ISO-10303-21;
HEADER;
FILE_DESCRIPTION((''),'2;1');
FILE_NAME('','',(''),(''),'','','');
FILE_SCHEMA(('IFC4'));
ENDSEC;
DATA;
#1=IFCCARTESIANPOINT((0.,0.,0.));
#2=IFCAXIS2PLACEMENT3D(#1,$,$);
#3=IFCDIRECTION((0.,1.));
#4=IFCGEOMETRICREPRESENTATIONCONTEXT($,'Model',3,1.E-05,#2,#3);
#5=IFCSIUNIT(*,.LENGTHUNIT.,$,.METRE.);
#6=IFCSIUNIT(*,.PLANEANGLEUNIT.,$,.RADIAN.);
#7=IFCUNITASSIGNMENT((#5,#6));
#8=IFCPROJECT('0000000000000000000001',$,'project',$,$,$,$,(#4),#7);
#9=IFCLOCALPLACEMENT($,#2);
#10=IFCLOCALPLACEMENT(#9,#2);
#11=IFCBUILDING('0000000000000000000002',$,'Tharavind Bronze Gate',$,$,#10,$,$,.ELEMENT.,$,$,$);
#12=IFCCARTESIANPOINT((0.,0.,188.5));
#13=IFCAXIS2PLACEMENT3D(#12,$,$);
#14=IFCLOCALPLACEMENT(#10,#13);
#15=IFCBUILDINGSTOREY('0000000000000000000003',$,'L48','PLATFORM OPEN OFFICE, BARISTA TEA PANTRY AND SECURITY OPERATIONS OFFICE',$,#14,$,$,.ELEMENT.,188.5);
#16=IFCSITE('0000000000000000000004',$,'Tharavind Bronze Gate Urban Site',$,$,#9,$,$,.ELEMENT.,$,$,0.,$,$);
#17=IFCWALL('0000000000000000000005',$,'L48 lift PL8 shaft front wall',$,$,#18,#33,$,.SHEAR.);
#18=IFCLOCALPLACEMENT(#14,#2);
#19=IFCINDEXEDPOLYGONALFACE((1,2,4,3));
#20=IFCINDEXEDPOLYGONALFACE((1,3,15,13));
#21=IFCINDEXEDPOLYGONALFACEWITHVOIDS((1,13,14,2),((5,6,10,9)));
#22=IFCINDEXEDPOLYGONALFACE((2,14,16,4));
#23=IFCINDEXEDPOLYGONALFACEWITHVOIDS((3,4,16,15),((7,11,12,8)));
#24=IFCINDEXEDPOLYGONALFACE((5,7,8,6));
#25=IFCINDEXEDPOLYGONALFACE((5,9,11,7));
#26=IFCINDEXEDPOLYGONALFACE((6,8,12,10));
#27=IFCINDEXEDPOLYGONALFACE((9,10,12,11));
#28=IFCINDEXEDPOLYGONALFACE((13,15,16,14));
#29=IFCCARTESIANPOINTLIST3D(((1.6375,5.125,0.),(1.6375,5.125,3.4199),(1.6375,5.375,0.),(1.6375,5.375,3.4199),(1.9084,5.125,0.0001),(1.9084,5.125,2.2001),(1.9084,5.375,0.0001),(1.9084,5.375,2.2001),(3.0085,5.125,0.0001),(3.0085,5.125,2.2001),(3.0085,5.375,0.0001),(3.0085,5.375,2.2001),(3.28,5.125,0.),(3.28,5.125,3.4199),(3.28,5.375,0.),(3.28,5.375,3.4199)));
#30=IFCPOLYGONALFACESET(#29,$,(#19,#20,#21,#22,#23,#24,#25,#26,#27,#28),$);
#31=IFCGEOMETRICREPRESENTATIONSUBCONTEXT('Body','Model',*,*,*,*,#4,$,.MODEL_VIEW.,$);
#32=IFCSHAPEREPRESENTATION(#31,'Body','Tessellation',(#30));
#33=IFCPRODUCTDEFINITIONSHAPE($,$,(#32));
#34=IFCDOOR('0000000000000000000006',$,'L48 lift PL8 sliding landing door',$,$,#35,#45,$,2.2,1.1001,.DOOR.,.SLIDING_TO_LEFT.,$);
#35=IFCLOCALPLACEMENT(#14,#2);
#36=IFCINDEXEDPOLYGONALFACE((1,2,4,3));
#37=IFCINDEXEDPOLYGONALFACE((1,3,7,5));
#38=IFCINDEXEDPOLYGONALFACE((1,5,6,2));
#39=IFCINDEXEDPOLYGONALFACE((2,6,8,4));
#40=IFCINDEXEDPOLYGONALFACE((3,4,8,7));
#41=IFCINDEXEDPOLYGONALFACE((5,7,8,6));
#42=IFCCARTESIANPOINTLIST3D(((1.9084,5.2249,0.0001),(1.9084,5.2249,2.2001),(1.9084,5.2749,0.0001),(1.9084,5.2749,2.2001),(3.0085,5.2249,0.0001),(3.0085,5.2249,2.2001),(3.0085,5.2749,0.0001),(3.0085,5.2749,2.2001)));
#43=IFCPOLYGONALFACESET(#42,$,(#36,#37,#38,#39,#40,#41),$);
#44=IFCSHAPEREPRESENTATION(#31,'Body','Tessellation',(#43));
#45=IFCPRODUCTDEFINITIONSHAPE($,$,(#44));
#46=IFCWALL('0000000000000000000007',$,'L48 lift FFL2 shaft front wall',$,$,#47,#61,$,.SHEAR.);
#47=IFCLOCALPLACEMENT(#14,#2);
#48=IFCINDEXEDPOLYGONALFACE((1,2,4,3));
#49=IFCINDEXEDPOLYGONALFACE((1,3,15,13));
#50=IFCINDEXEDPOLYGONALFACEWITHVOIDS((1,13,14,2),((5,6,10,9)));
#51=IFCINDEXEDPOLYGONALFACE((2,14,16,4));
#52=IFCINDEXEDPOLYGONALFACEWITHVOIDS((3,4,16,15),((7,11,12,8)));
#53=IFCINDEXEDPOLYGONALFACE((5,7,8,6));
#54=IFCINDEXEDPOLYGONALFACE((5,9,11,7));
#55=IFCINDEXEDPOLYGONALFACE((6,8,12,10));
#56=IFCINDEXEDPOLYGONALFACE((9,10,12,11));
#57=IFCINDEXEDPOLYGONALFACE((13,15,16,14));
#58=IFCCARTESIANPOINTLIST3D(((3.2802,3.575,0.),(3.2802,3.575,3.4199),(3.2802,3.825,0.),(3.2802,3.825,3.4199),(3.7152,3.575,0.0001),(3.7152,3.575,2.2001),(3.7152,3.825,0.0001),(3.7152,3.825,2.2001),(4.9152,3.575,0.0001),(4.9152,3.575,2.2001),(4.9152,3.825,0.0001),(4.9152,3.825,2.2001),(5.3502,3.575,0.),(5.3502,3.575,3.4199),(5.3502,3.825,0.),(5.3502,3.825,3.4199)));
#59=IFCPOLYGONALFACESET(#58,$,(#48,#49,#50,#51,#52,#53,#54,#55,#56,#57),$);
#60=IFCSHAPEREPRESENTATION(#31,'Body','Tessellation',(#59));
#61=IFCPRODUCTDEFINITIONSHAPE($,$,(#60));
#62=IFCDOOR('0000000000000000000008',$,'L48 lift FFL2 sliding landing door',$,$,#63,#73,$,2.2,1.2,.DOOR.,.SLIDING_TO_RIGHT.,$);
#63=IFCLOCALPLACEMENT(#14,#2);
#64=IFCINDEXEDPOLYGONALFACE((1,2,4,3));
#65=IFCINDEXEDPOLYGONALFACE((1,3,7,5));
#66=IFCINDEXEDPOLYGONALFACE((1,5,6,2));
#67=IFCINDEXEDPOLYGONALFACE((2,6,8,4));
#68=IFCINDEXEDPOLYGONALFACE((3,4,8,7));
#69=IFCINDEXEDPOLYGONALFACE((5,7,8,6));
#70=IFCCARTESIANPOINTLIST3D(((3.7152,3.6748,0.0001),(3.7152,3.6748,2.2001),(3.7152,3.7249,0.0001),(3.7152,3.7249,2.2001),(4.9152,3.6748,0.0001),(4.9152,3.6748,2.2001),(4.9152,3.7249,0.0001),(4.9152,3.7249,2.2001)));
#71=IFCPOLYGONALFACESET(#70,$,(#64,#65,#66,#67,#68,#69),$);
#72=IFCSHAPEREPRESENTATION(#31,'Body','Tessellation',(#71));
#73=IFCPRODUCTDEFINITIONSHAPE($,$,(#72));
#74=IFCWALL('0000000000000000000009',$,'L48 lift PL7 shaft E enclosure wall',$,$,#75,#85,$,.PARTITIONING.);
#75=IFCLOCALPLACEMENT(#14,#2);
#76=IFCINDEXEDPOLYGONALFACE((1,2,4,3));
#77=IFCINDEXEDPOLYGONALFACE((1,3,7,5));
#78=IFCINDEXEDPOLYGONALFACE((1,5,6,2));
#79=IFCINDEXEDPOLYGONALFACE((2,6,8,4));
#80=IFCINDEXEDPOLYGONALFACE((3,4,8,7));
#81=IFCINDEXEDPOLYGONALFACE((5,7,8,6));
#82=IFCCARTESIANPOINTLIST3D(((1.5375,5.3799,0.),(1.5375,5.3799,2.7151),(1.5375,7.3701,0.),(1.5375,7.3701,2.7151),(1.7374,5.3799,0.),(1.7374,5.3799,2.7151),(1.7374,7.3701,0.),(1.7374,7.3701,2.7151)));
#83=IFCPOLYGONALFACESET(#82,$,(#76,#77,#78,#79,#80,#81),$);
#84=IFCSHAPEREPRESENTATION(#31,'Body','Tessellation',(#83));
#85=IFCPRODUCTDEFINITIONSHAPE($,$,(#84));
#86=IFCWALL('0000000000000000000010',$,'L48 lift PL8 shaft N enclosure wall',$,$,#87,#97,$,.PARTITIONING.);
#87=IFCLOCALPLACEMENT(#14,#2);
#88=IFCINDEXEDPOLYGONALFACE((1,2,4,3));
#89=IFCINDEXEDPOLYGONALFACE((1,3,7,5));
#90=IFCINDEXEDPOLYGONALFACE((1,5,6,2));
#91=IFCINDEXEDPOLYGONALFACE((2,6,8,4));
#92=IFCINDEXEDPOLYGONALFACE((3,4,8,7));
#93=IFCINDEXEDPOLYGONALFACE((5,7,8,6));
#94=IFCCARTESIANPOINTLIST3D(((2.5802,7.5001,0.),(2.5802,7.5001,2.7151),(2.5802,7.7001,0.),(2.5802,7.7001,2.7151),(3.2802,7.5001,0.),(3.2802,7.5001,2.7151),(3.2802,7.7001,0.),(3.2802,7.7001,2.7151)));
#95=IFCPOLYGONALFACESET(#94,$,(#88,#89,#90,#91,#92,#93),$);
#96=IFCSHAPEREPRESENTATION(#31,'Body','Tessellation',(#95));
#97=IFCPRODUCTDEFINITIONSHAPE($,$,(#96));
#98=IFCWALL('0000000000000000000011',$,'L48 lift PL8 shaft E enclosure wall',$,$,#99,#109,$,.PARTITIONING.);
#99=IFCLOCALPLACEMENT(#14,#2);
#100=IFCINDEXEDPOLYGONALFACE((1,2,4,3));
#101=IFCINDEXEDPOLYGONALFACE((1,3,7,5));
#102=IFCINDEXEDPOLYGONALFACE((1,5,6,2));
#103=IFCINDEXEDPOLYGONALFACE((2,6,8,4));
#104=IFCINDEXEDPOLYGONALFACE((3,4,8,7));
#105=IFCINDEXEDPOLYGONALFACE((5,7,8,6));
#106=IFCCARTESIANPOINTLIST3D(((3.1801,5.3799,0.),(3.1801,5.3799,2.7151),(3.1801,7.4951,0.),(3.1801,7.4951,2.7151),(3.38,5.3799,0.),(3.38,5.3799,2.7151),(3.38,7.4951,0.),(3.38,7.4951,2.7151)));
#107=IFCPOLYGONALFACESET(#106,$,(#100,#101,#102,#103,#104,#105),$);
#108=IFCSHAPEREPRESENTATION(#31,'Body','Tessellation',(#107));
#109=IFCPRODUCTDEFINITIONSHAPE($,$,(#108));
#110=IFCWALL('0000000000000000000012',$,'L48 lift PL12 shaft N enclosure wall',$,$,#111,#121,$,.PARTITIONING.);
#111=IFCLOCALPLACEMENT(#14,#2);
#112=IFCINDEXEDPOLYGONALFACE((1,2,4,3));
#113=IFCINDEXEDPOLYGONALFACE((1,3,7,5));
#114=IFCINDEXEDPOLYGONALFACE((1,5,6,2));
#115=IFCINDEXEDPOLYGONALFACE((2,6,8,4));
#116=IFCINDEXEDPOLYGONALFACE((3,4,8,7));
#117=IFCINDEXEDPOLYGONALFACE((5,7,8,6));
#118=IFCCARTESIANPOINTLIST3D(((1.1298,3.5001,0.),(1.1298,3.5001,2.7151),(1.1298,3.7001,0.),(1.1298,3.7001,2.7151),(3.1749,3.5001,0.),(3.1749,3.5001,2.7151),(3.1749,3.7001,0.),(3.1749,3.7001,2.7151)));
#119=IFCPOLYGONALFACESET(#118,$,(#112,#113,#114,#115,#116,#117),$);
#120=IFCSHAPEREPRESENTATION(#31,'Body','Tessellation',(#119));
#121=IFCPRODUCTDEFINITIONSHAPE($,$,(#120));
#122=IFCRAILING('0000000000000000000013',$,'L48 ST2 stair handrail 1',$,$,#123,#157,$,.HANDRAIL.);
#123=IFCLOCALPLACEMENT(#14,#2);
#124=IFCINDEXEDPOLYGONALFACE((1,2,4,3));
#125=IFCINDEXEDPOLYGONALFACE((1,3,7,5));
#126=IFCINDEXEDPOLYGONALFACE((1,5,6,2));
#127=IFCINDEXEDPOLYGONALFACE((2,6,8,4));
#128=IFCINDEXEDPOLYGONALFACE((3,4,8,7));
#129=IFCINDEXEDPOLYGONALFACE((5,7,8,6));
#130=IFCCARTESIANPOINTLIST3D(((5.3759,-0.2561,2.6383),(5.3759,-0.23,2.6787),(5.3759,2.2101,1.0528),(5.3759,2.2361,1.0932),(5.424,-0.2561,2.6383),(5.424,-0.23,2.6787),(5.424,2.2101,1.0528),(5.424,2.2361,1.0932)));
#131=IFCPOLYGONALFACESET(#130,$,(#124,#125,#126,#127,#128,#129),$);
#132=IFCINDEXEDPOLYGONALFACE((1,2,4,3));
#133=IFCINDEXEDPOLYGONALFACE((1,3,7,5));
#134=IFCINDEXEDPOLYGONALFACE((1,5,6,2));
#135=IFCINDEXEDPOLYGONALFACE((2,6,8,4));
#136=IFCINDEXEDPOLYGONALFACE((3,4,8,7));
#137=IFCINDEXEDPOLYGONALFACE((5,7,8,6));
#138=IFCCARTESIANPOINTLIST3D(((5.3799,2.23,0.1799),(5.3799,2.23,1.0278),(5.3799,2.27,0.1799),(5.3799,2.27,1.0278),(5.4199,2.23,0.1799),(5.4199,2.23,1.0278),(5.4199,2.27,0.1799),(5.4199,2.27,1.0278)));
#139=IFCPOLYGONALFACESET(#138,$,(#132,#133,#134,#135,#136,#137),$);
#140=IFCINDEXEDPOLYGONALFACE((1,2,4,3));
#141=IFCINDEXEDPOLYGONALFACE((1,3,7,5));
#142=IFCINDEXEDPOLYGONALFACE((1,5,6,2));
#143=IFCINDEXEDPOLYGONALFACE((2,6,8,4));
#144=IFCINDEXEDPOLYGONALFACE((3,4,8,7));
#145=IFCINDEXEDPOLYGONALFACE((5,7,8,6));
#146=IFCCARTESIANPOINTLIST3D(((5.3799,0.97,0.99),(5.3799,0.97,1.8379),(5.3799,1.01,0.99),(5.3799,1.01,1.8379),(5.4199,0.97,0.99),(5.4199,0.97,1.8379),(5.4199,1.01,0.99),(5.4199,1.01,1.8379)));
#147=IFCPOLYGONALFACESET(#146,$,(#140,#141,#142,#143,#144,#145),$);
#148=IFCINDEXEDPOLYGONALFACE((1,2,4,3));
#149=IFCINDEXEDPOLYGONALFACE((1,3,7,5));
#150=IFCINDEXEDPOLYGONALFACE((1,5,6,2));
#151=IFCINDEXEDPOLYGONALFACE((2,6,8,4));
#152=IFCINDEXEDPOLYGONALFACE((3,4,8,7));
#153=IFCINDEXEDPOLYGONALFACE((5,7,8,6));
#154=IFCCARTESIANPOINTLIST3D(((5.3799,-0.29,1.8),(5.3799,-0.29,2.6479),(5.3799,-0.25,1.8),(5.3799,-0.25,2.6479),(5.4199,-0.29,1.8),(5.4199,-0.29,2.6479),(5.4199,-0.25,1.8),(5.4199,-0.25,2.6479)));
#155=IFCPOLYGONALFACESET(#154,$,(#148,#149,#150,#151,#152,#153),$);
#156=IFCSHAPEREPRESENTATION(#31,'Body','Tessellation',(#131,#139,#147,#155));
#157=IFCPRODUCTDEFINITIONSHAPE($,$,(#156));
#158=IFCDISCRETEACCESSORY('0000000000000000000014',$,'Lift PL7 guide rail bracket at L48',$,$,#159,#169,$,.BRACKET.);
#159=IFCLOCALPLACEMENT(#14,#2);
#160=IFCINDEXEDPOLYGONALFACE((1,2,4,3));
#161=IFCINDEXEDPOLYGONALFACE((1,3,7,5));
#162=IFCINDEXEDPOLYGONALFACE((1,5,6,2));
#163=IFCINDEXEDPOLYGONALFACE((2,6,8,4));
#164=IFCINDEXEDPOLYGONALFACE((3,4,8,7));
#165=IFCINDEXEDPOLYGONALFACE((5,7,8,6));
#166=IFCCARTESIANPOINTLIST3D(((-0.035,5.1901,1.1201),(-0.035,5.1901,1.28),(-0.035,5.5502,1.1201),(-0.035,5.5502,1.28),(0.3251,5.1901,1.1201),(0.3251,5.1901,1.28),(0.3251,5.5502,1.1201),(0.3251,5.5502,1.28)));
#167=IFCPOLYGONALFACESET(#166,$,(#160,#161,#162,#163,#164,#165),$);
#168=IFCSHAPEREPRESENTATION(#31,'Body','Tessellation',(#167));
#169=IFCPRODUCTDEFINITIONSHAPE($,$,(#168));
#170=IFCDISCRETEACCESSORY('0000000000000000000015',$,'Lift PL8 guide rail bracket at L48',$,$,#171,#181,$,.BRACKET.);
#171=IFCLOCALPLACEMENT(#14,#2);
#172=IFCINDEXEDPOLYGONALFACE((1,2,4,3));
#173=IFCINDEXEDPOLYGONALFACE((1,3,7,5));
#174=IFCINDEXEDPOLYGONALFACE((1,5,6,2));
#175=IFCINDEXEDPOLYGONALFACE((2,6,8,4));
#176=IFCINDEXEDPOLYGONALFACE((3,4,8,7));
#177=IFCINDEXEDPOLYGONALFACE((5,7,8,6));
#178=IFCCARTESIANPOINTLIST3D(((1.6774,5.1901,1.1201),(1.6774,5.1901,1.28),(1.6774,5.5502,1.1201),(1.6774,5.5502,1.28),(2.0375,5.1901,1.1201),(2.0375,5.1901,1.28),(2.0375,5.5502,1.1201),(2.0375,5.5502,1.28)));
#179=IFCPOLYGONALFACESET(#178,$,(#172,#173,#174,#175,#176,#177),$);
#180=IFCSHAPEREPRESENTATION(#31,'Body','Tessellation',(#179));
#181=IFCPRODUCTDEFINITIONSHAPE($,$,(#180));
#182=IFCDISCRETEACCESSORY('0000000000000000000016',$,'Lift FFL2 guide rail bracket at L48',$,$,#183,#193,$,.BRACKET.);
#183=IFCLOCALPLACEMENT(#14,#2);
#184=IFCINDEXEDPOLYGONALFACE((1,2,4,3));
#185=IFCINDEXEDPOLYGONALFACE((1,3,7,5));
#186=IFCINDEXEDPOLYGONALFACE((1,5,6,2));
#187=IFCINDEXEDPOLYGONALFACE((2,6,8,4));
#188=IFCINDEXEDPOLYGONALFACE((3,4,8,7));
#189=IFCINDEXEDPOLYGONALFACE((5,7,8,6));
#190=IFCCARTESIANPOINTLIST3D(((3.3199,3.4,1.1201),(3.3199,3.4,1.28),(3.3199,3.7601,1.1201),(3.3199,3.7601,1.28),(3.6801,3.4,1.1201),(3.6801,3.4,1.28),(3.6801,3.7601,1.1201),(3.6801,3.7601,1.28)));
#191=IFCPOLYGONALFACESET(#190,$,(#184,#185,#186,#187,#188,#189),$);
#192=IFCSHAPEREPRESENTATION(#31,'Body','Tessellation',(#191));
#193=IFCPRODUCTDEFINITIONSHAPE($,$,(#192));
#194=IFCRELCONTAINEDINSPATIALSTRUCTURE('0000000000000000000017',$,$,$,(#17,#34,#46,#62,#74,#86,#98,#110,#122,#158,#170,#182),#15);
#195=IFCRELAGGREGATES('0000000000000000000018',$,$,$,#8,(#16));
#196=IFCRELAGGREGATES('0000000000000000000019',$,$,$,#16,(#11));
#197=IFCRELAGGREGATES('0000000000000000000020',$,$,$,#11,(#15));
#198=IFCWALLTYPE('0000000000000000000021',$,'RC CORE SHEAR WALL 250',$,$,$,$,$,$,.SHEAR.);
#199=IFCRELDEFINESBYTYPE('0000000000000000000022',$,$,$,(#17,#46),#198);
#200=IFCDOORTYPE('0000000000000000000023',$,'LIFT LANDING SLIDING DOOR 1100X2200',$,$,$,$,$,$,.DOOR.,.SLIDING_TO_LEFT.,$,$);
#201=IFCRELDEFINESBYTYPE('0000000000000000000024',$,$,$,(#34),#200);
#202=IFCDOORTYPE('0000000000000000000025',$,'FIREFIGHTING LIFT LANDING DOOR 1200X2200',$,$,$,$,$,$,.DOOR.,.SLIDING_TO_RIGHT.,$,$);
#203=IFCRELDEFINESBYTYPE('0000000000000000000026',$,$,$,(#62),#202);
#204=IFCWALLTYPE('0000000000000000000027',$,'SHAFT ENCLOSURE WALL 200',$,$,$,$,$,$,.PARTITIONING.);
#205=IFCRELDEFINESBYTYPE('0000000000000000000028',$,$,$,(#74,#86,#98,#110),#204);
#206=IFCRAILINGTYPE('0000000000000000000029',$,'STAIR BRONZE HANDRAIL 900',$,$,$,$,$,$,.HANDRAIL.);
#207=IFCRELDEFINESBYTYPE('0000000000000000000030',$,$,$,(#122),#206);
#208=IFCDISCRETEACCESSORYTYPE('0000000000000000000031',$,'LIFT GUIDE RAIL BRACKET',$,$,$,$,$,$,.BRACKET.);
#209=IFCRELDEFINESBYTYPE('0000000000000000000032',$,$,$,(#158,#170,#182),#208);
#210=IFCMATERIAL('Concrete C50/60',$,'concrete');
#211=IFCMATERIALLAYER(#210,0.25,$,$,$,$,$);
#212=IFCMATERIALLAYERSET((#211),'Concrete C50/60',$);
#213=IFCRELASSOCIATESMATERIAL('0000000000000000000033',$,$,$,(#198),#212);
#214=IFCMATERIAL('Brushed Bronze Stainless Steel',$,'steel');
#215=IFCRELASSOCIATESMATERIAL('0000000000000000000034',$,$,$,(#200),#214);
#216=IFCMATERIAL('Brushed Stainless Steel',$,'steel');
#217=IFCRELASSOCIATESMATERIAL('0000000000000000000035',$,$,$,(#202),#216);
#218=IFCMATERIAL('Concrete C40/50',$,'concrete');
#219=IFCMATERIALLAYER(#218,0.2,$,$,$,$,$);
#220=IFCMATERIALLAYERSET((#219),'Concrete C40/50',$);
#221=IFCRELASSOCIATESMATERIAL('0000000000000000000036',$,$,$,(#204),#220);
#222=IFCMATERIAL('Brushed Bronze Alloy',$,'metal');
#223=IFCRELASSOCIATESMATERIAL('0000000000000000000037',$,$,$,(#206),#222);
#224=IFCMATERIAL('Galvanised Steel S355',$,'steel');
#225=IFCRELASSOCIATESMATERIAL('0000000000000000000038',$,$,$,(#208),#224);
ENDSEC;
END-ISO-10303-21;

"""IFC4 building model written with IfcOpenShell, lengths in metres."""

from ifc_helpers import new_model, si_unit, direction, frame, frame_2d, origin, origin_2d, place, context, subcontext, project, spatial, rectangle, extrude, material, layer, layer_set, type_object, element, fill, save


model = new_model("IFC4")

# Units and contexts
model_context = context("Model", 3, precision=1e-05, world=origin(), true_north=direction((0.0, 1.0)))
body_context = subcontext(model_context, "Body", "Model", "MODEL_VIEW")
ifc_project = project(units=[si_unit("LENGTHUNIT", "METRE"), si_unit("PLANEANGLEUNIT", "RADIAN")], contexts=[model_context])

# Site, building, storey
site_placement = place(None, origin())
site = spatial("IfcSite", under=ifc_project, at=site_placement, Name="Tharavind Bronze Gate Urban Site", CompositionType="ELEMENT", RefElevation=0.0)
building_placement = place(site_placement, origin())
building = spatial("IfcBuilding", under=site, at=building_placement, Name="Tharavind Bronze Gate", CompositionType="ELEMENT")
storey_placement = place(building_placement, frame((0.0, 0.0, 188.5)))
storey = spatial("IfcBuildingStorey", under=building, at=storey_placement, Name="L48", Description="PLATFORM OPEN OFFICE, BARISTA TEA PANTRY AND SECURITY OPERATIONS OFFICE", CompositionType="ELEMENT", Elevation=188.5)

# Walls, openings, doors
ifc_material_1 = material(Name="Concrete C50/60", Category="concrete")
ifc_layer_1 = layer(ifc_material_1, 0.25)
ifc_layer_set_1 = layer_set([ifc_layer_1], Name="Concrete C50/60")
wall_type_1 = type_object("IfcWallType", Name="RC CORE SHEAR WALL 250", PredefinedType="SHEAR", material=ifc_layer_set_1)
wall_1_placement = place(storey_placement, frame((1.6375, 5.25, 0.0), z_axis=(0.0, 0.0, 1.0), x_axis=(1.0, 0.0, 0.0)))
wall_1 = element("IfcWall", 1, at=wall_1_placement, inside=storey, type_object=wall_type_1, Name="L48 lift PL8 shaft front wall", PredefinedType="SHEAR", context=body_context, shape_type="SweptSolid", body=[
    extrude(rectangle(XDim=1.6426, YDim=0.25, at=frame_2d((0.8213, 0.0))), origin(), (0.0, 0.0, 1.0), 3.4199),
])
opening_1_placement = place(wall_1_placement, frame((0.271, 0.0, 0.0)))
opening_1 = element("IfcOpeningElement", 2, at=opening_1_placement, cuts=wall_1, PredefinedType="OPENING", context=body_context, shape_type="SweptSolid", body=[
    extrude(rectangle(XDim=1.1001, YDim=2.2, at=frame_2d((0.55, 1.1001))), frame((0.0, 0.135, 0.0), z_axis=(0.0, -1.0, 0.0), x_axis=(1.0, 0.0, 0.0)), (0.0, 0.0, 1.0), 0.27),
])
ifc_material_2 = material(Name="Brushed Bronze Stainless Steel", Category="steel")
door_type_1 = type_object("IfcDoorType", Name="LIFT LANDING SLIDING DOOR 1100X2200", OperationType="SLIDING_TO_LEFT", PredefinedType="DOOR", material=ifc_material_2)
door_1_placement = place(opening_1_placement, origin())
door_1 = element("IfcDoor", 3, at=door_1_placement, inside=storey, type_object=door_type_1, Name="L48 lift PL8 sliding landing door", OperationType="SLIDING_TO_LEFT", OverallHeight=2.2, OverallWidth=1.1001, PredefinedType="DOOR", context=body_context, shape_type="SweptSolid", body=[
    extrude(rectangle(XDim=1.1001, YDim=2.2, at=frame_2d((0.55, 1.1001))), frame((0.0, 0.0249, 0.0), z_axis=(0.0, -1.0, 0.0), x_axis=(1.0, 0.0, 0.0)), (0.0, 0.0, 1.0), 0.05),
])
fill(opening_1, door_1)
wall_2_placement = place(storey_placement, frame((3.28, 3.7, 0.0), z_axis=(0.0, 0.0, 1.0), x_axis=(1.0, 0.0, 0.0)))
wall_2 = element("IfcWall", 4, at=wall_2_placement, inside=storey, type_object=wall_type_1, Name="L48 lift FFL2 shaft front wall", PredefinedType="SHEAR", context=body_context, shape_type="SweptSolid", body=[
    extrude(rectangle(XDim=2.0701, YDim=0.25, at=frame_2d((1.0352, 0.0))), origin(), (0.0, 0.0, 1.0), 3.4199),
])
opening_2_placement = place(wall_2_placement, frame((0.4351, 0.0, 0.0)))
opening_2 = element("IfcOpeningElement", 5, at=opening_2_placement, cuts=wall_2, PredefinedType="OPENING", context=body_context, shape_type="SweptSolid", body=[
    extrude(rectangle(XDim=1.2, YDim=2.2, at=frame_2d((0.6001, 1.1001))), frame((0.0, 0.135, 0.0), z_axis=(0.0, -1.0, 0.0), x_axis=(1.0, 0.0, 0.0)), (0.0, 0.0, 1.0), 0.27),
])
ifc_material_3 = material(Name="Brushed Stainless Steel", Category="steel")
door_type_2 = type_object("IfcDoorType", Name="FIREFIGHTING LIFT LANDING DOOR 1200X2200", OperationType="SLIDING_TO_RIGHT", PredefinedType="DOOR", material=ifc_material_3)
door_2_placement = place(opening_2_placement, origin())
door_2 = element("IfcDoor", 6, at=door_2_placement, inside=storey, type_object=door_type_2, Name="L48 lift FFL2 sliding landing door", OperationType="SLIDING_TO_RIGHT", OverallHeight=2.2, OverallWidth=1.2, PredefinedType="DOOR", context=body_context, shape_type="SweptSolid", body=[
    extrude(rectangle(XDim=1.2, YDim=2.2, at=frame_2d((0.6001, 1.1001))), frame((0.0, 0.0249, 0.0), z_axis=(0.0, -1.0, 0.0), x_axis=(1.0, 0.0, 0.0)), (0.0, 0.0, 1.0), 0.05),
])
fill(opening_2, door_2)

# Walls
ifc_material_4 = material(Name="Concrete C40/50", Category="concrete")
ifc_layer_2 = layer(ifc_material_4, 0.2)
ifc_layer_set_2 = layer_set([ifc_layer_2], Name="Concrete C40/50")
wall_type_2 = type_object("IfcWallType", Name="SHAFT ENCLOSURE WALL 200", PredefinedType="PARTITIONING", material=ifc_layer_set_2)
wall_3_placement = place(storey_placement, frame((1.6375, 5.3799, 0.0), z_axis=(0.0, 0.0, 1.0), x_axis=(0.0, 1.0, 0.0)))
element("IfcWall", 7, at=wall_3_placement, inside=storey, type_object=wall_type_2, Name="L48 lift PL7 shaft E enclosure wall", PredefinedType="PARTITIONING", context=body_context, shape_type="SweptSolid", body=[
    extrude(rectangle(XDim=1.9902, YDim=0.2, at=frame_2d((0.9951, 0.0))), origin(), (0.0, 0.0, 1.0), 2.7151),
])
wall_4_placement = place(storey_placement, frame((2.5801, 7.6001, 0.0), z_axis=(0.0, 0.0, 1.0), x_axis=(1.0, 0.0, 0.0)))
element("IfcWall", 8, at=wall_4_placement, inside=storey, type_object=wall_type_2, Name="L48 lift PL8 shaft N enclosure wall", PredefinedType="PARTITIONING", context=body_context, shape_type="SweptSolid", body=[
    extrude(rectangle(XDim=0.7, YDim=0.2, at=frame_2d((0.3501, 0.0))), origin(), (0.0, 0.0, 1.0), 2.7151),
])
wall_5_placement = place(storey_placement, frame((3.28, 5.3799, 0.0), z_axis=(0.0, 0.0, 1.0), x_axis=(0.0, 1.0, 0.0)))
element("IfcWall", 9, at=wall_5_placement, inside=storey, type_object=wall_type_2, Name="L48 lift PL8 shaft E enclosure wall", PredefinedType="PARTITIONING", context=body_context, shape_type="SweptSolid", body=[
    extrude(rectangle(XDim=2.1152, YDim=0.2, at=frame_2d((1.0576, 0.0))), origin(), (0.0, 0.0, 1.0), 2.7151),
])
wall_6_placement = place(storey_placement, frame((1.1299, 3.6001, 0.0), z_axis=(0.0, 0.0, 1.0), x_axis=(1.0, 0.0, 0.0)))
element("IfcWall", 10, at=wall_6_placement, inside=storey, type_object=wall_type_2, Name="L48 lift PL12 shaft N enclosure wall", PredefinedType="PARTITIONING", context=body_context, shape_type="SweptSolid", body=[
    extrude(rectangle(XDim=2.0452, YDim=0.2, at=frame_2d((1.0225, 0.0))), origin(), (0.0, 0.0, 1.0), 2.7151),
])

# Railing
ifc_material_5 = material(Name="Brushed Bronze Alloy", Category="metal")
railing_type = type_object("IfcRailingType", Name="STAIR BRONZE HANDRAIL 900", PredefinedType="HANDRAIL", material=ifc_material_5)
railing_placement = place(storey_placement, frame((5.3999, 2.25, 0.1799)))
element("IfcRailing", 11, at=railing_placement, inside=storey, type_object=railing_type, Name="L48 ST2 stair handrail 1", PredefinedType="HANDRAIL", context=body_context, shape_type="SweptSolid", body=[
    extrude(rectangle(XDim=0.0481, YDim=0.0481, at=origin_2d()), frame((0.0, -0.0269, 0.8931), z_axis=(0.0, -0.841163, 0.540782), x_axis=(1.0, 0.0, 0.0)), (0.0, 0.0, 1.0), 2.9319),
    extrude(rectangle(XDim=0.04, YDim=0.04, at=origin_2d()), origin(), (0.0, 0.0, 1.0), 0.8479),
    extrude(rectangle(XDim=0.04, YDim=0.04, at=origin_2d()), frame((0.0, -1.26, 0.8101)), (0.0, 0.0, 1.0), 0.8479),
    extrude(rectangle(XDim=0.04, YDim=0.04, at=origin_2d()), frame((0.0, -2.52, 1.6201)), (0.0, 0.0, 1.0), 0.8479),
])

# Discrete accessories
ifc_material_6 = material(Name="Galvanised Steel S355", Category="steel")
discrete_accessory_type = type_object("IfcDiscreteAccessoryType", Name="LIFT GUIDE RAIL BRACKET", PredefinedType="BRACKET", material=ifc_material_6)
for number, where, z_axis, x_axis, name in (
    (12, (0.145, 5.3701, 1.1201), (0.0, 0.0, 1.0), (1.0, 0.0, 0.0), "Lift PL7 guide rail bracket at L48"),
    (13, (1.8574, 5.3701, 1.1201), (0.0, 0.0, 1.0), (1.0, 0.0, 0.0), "Lift PL8 guide rail bracket at L48"),
    (14, (3.5, 3.5801, 1.1201), (0.0, 0.0, 1.0), (1.0, 0.0, 0.0), "Lift FFL2 guide rail bracket at L48"),
):
    element("IfcDiscreteAccessory", number, at=place(storey_placement, frame(where, z_axis=z_axis, x_axis=x_axis)), inside=storey, type_object=discrete_accessory_type, Name=name, PredefinedType="BRACKET", context=body_context, shape_type="SweptSolid", body=[
        extrude(rectangle(XDim=0.3601, YDim=0.3601, at=origin_2d()), origin(), (0.0, 0.0, 1.0), 0.1599),
    ])

save(model, "model.ifc")
